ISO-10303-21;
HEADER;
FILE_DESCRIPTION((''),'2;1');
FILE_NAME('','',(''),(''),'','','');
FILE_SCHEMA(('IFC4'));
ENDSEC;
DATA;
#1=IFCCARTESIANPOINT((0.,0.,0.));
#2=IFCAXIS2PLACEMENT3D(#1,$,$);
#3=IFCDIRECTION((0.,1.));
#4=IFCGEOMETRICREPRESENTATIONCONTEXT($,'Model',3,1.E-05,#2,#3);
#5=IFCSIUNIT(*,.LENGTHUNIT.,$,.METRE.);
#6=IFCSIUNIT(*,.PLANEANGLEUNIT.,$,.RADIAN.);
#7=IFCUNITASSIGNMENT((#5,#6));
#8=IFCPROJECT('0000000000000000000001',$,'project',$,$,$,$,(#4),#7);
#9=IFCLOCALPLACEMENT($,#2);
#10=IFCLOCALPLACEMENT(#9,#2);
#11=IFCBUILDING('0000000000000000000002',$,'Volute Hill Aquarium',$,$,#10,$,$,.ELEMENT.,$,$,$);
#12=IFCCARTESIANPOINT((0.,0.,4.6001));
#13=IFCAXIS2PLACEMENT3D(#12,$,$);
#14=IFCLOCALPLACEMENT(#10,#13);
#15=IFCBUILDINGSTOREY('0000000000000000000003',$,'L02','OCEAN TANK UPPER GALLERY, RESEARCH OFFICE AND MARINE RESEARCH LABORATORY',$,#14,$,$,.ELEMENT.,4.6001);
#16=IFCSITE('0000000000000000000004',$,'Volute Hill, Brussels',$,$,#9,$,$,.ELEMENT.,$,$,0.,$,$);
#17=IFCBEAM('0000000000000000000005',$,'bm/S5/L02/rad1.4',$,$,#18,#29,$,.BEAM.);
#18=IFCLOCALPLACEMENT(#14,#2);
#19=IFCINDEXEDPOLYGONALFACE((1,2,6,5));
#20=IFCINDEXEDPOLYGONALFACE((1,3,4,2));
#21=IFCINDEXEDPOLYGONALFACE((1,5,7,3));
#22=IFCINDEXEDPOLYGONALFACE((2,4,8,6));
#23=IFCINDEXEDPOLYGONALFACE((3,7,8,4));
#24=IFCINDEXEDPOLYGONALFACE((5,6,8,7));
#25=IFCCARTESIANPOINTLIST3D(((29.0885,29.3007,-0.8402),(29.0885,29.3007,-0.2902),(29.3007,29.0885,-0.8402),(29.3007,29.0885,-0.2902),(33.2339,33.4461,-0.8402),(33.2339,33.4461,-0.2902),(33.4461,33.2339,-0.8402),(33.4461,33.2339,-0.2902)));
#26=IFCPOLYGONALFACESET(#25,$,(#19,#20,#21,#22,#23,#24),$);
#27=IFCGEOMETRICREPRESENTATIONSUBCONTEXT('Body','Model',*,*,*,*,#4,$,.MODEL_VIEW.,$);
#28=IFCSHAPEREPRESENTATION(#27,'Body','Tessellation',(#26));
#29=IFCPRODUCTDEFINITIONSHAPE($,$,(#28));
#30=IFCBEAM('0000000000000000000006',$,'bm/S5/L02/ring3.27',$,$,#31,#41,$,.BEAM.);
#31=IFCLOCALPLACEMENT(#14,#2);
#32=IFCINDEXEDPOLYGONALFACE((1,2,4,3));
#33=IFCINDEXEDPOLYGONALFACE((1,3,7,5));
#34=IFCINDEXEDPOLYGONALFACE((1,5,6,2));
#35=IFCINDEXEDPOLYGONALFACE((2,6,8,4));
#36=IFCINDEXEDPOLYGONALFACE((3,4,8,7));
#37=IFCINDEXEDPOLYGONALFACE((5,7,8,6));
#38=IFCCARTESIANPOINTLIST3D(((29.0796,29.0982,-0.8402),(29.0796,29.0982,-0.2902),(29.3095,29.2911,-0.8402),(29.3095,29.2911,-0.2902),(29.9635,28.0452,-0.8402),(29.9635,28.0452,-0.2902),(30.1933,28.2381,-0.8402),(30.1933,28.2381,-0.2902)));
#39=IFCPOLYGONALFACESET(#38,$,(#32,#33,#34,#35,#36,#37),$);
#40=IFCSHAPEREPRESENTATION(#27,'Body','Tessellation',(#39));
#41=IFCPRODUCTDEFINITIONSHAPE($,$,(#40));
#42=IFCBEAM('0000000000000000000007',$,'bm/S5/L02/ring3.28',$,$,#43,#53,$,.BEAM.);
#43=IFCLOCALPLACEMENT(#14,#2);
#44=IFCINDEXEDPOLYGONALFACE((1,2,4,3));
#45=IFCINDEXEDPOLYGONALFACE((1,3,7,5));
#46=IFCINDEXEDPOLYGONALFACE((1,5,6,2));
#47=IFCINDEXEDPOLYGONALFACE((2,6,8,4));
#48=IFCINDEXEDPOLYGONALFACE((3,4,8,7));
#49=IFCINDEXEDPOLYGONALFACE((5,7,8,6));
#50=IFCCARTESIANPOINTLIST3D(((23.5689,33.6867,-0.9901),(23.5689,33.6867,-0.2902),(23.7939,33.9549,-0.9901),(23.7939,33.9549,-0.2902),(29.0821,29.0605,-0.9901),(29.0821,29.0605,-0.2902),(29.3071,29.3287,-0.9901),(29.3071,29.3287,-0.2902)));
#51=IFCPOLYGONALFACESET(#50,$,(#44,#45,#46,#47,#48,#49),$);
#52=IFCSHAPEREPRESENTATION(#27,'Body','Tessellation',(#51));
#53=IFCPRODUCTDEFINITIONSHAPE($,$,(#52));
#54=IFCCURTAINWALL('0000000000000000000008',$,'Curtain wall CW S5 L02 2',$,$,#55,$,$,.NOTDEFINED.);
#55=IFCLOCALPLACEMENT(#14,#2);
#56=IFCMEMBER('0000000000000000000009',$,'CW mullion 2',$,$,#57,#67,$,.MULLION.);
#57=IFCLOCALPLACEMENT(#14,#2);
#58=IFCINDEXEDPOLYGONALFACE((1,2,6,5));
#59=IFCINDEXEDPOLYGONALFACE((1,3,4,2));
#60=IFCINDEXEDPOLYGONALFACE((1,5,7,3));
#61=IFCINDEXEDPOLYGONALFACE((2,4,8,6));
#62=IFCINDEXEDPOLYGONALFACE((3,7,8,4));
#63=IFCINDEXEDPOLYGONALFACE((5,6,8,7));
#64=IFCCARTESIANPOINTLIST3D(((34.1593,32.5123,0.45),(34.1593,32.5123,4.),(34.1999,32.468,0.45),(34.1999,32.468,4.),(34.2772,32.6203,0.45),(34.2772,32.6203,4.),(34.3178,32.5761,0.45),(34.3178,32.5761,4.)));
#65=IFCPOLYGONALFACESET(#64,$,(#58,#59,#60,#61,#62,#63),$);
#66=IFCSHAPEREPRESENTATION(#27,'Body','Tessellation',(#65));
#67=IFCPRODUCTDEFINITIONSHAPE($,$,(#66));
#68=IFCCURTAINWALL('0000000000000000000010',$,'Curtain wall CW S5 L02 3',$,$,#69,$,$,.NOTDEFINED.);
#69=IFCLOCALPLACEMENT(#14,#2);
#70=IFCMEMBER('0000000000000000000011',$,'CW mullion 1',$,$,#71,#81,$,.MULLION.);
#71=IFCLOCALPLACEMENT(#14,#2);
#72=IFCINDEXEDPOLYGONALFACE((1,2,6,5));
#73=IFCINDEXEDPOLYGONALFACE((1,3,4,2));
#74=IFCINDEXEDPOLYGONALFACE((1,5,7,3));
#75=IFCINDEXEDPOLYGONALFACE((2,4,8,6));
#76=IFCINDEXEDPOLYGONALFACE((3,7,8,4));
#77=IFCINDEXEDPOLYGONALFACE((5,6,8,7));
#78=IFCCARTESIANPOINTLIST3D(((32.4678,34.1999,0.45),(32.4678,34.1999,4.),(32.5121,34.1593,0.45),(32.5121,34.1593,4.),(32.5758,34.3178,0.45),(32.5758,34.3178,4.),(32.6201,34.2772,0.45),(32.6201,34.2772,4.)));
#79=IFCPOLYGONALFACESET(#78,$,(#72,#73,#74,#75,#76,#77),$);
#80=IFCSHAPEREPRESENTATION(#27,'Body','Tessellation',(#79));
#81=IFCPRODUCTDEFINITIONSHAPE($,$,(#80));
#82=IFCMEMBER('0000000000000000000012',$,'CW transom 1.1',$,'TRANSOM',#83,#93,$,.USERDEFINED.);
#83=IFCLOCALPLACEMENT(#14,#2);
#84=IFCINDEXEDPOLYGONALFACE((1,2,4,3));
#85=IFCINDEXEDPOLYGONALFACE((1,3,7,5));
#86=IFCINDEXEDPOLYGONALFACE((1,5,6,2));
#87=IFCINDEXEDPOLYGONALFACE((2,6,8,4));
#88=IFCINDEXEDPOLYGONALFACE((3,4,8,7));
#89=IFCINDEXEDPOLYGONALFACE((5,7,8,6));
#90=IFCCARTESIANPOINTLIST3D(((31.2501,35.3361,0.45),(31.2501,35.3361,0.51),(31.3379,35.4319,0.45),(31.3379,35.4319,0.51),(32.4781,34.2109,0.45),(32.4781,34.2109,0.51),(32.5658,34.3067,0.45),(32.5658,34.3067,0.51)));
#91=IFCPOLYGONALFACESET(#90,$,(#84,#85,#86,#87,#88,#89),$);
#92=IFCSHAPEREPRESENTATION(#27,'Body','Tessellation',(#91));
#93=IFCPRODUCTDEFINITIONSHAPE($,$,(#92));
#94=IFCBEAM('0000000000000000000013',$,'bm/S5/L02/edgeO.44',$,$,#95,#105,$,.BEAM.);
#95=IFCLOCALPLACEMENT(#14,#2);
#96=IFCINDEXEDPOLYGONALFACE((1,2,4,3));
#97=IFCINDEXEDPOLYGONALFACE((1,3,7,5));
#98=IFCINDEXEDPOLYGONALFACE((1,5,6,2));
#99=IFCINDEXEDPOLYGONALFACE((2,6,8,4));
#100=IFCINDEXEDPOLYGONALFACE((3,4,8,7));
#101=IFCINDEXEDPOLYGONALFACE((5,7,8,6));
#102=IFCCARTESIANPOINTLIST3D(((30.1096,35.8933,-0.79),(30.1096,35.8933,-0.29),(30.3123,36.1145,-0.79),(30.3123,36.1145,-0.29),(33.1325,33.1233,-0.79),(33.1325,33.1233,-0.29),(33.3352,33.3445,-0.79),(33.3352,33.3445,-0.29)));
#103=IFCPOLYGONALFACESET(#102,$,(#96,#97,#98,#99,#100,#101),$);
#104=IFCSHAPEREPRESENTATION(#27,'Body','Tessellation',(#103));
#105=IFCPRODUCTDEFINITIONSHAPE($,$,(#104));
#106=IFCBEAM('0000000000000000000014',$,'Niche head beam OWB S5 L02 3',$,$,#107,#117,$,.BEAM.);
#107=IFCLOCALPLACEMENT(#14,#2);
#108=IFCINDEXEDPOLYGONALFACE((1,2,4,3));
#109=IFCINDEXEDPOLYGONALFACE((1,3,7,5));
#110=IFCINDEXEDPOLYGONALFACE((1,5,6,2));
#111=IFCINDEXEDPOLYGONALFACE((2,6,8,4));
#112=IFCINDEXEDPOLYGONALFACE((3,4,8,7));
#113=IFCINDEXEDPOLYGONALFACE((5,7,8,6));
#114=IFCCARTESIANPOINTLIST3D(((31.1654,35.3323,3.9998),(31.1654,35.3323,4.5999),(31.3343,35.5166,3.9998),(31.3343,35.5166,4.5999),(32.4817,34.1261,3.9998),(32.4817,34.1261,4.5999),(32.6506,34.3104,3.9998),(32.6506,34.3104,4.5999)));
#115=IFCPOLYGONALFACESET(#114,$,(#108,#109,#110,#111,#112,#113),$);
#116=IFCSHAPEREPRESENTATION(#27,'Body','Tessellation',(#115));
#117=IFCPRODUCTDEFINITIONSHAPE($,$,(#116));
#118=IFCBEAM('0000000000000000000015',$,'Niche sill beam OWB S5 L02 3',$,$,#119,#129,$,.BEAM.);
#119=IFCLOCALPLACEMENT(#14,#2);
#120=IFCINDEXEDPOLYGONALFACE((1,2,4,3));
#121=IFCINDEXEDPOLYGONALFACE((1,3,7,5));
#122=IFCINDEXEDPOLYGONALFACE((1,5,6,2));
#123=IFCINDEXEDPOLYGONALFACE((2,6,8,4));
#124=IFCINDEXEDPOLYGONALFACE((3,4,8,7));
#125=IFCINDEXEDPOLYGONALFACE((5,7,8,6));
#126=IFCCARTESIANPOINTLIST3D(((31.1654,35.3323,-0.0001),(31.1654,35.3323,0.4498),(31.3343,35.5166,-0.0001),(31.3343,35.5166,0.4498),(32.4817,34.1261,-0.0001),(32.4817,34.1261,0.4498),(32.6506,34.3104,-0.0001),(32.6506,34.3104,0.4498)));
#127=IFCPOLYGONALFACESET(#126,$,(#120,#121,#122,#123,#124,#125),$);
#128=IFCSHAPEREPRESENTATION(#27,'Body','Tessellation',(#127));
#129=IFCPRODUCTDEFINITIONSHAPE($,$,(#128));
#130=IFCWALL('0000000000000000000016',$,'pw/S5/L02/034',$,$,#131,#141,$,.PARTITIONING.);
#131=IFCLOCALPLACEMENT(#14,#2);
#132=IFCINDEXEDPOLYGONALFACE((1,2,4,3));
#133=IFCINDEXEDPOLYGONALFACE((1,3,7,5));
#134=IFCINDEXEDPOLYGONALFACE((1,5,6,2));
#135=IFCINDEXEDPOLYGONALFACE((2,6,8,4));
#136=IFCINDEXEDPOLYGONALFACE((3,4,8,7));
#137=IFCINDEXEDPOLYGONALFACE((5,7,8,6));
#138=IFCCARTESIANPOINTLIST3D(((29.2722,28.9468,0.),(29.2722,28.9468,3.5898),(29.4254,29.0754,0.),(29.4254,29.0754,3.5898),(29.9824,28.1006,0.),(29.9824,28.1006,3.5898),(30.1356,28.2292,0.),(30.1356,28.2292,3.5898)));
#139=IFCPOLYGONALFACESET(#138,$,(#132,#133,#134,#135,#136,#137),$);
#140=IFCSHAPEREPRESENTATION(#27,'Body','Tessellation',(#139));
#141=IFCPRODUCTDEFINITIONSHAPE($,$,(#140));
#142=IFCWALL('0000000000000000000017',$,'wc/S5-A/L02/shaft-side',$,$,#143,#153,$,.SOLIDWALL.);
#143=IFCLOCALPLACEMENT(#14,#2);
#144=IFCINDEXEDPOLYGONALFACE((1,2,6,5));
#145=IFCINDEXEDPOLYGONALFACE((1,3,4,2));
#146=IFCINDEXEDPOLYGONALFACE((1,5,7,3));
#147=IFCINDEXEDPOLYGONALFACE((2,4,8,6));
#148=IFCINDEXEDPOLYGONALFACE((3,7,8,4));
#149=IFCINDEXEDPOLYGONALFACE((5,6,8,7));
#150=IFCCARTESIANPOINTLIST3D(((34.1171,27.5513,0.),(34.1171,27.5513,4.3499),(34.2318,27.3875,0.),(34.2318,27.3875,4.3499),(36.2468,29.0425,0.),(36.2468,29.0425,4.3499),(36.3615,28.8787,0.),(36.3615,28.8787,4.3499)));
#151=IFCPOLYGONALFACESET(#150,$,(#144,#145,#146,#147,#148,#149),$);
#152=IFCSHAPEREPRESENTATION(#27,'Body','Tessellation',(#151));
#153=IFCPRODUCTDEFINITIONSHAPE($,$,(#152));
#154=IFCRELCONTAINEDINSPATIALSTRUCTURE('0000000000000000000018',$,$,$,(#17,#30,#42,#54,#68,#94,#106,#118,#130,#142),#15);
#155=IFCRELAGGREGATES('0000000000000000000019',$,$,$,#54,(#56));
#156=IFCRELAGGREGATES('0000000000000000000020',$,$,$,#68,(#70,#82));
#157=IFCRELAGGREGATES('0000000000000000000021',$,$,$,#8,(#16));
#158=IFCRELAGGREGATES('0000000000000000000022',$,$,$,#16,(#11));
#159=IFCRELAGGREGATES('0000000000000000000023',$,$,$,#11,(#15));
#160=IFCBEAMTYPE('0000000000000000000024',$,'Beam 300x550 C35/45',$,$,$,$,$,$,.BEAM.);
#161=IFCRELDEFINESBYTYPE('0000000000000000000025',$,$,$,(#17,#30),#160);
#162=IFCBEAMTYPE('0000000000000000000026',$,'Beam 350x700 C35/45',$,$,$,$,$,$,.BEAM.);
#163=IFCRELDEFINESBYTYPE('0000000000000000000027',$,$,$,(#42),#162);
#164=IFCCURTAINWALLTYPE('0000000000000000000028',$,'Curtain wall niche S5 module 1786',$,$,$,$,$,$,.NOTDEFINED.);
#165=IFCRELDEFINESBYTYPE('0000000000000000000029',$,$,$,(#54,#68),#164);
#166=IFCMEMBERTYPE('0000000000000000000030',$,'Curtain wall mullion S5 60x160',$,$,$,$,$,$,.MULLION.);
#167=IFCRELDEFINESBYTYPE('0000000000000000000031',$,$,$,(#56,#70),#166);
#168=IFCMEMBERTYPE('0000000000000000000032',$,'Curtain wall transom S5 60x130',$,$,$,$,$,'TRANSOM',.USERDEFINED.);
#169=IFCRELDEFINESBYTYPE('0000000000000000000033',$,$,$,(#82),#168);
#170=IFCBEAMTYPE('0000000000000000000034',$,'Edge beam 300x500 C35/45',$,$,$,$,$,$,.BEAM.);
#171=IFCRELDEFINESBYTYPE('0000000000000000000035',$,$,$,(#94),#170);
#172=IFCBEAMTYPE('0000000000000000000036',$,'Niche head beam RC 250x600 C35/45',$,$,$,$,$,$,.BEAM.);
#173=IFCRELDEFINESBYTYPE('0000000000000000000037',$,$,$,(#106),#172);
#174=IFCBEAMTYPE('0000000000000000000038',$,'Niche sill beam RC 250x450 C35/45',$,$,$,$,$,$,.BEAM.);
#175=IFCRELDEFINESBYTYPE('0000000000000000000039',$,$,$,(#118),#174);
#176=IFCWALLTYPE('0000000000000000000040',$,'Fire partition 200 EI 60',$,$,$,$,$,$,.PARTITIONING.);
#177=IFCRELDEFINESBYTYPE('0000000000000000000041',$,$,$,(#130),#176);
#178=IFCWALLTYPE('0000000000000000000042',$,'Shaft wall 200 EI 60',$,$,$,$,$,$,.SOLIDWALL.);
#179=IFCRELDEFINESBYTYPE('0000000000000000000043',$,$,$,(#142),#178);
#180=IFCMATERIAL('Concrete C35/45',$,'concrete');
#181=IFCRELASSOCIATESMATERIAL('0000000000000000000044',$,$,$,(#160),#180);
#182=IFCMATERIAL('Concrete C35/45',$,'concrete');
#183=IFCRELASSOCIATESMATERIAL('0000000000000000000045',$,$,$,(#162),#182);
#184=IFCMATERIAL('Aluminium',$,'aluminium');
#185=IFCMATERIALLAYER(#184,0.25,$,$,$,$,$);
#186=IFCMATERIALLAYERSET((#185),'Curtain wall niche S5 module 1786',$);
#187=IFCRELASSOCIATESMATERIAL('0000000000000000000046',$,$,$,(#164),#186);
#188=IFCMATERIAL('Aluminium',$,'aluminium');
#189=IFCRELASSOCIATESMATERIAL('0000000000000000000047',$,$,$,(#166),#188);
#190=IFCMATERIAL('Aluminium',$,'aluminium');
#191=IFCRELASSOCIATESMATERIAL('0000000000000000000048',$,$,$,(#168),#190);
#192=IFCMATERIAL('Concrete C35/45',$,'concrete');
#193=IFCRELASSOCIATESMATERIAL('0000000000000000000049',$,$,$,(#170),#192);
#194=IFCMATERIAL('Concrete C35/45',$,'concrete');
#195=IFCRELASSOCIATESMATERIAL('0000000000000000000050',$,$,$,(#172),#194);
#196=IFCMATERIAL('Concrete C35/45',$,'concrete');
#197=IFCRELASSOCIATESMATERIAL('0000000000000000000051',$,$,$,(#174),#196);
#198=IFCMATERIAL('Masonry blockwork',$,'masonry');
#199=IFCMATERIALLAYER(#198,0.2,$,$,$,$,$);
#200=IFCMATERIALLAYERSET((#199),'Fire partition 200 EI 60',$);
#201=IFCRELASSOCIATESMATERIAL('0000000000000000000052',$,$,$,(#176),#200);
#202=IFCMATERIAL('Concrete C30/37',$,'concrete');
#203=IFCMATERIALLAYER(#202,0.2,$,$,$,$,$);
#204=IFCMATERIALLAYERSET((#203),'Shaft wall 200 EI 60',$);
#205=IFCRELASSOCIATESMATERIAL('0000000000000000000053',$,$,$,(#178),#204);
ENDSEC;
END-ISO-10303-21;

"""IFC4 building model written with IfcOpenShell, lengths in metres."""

from ifc_helpers import new_model, si_unit, direction, frame, frame_2d, origin, origin_2d, place, context, subcontext, project, spatial, rectangle, extrude, material, layer, layer_set, material_profile, profile_set, type_object, element, aggregate, save


model = new_model("IFC4")

# Units and contexts
model_context = context("Model", 3, precision=1e-05, world=origin(), true_north=direction((0.0, 1.0)))
body_context = subcontext(model_context, "Body", "Model", "MODEL_VIEW")
ifc_project = project(units=[si_unit("LENGTHUNIT", "METRE"), si_unit("PLANEANGLEUNIT", "RADIAN")], contexts=[model_context])

# Site, building, storey
site_placement = place(None, origin())
site = spatial("IfcSite", under=ifc_project, at=site_placement, Name="Volute Hill, Brussels", CompositionType="ELEMENT", RefElevation=0.0)
building_placement = place(site_placement, origin())
building = spatial("IfcBuilding", under=site, at=building_placement, Name="Volute Hill Aquarium", CompositionType="ELEMENT")
storey_placement = place(building_placement, frame((0.0, 0.0, 4.6001)))
storey = spatial("IfcBuildingStorey", under=building, at=storey_placement, Name="L02", Description="OCEAN TANK UPPER GALLERY, RESEARCH OFFICE AND MARINE RESEARCH LABORATORY", CompositionType="ELEMENT", Elevation=4.6001)

# Beams
ifc_material_1 = material(Name="Concrete C35/45", Category="concrete")
ifc_material_profile_1 = material_profile(ifc_material_1, rectangle(XDim=0.3, YDim=0.55, at=origin_2d()), Name="RC beam 300x550")
ifc_profile_set_1 = profile_set([ifc_material_profile_1], Name="Concrete C35/45")
beam_type_1 = type_object("IfcBeamType", Name="Beam 300x550 C35/45", PredefinedType="BEAM", material=ifc_profile_set_1)
beam_1_placement = place(storey_placement, frame((29.1946, 29.1946, -0.5652), z_axis=(0.707107, 0.707107, 0.0), x_axis=(-0.707107, 0.707107, 0.0)))
element("IfcBeam", 1, at=beam_1_placement, inside=storey, type_object=beam_type_1, Name="bm/S5/L02/rad1.4", PredefinedType="BEAM", context=body_context, shape_type="SweptSolid", body=[
    extrude(rectangle(XDim=0.3, YDim=0.55, at=origin_2d()), origin(), (0.0, 0.0, 1.0), 5.8625),
])
beam_2_placement = place(storey_placement, frame((30.0784, 28.1416, -0.5652), z_axis=(-0.642888, 0.76596, 0.0), x_axis=(-0.76596, -0.642888, 0.0)))
element("IfcBeam", 2, at=beam_2_placement, inside=storey, type_object=beam_type_1, Name="bm/S5/L02/ring3.27", PredefinedType="BEAM", context=body_context, shape_type="SweptSolid", body=[
    extrude(rectangle(XDim=0.3, YDim=0.55, at=origin_2d()), origin(), (0.0, 0.0, 1.0), 1.3748),
])
ifc_material_2 = material(Name="Concrete C35/45", Category="concrete")
ifc_material_profile_2 = material_profile(ifc_material_2, rectangle(XDim=0.3501, YDim=0.7, at=origin_2d()), Name="RC beam 350x700")
ifc_profile_set_2 = profile_set([ifc_material_profile_2], Name="Concrete C35/45")
beam_type_2 = type_object("IfcBeamType", Name="Beam 350x700 C35/45", PredefinedType="BEAM", material=ifc_profile_set_2)
beam_3_placement = place(storey_placement, frame((29.1946, 29.1946, -0.6401), z_axis=(-0.766037, 0.642797, 0.0), x_axis=(-0.642797, -0.766037, 0.0)))
element("IfcBeam", 3, at=beam_3_placement, inside=storey, type_object=beam_type_2, Name="bm/S5/L02/ring3.28", PredefinedType="BEAM", context=body_context, shape_type="SweptSolid", body=[
    extrude(rectangle(XDim=0.3501, YDim=0.7, at=origin_2d()), origin(), (0.0, 0.0, 1.0), 7.197),
])

# Curtain wall, member
ifc_material_3 = material(Name="Aluminium", Category="aluminium")
ifc_layer_1 = layer(ifc_material_3, 0.25)
ifc_layer_set_1 = layer_set([ifc_layer_1], Name="Curtain wall niche S5 module 1786")
curtain_wall_type = type_object("IfcCurtainWallType", Name="Curtain wall niche S5 module 1786", PredefinedType="NOTDEFINED", material=ifc_layer_set_1)
curtain_wall_1_placement = place(storey_placement, origin())
curtain_wall_1 = element("IfcCurtainWall", 4, at=curtain_wall_1_placement, inside=storey, type_object=curtain_wall_type, Name="Curtain wall CW S5 L02 2", PredefinedType="NOTDEFINED")
ifc_material_4 = material(Name="Aluminium", Category="aluminium")
ifc_material_profile_3 = material_profile(ifc_material_4, rectangle(XDim=0.1599, YDim=0.0601, at=origin_2d()), Name="Curtain wall mullion S5 60x160")
ifc_profile_set_3 = profile_set([ifc_material_profile_3], Name="Aluminium")
member_type_1 = type_object("IfcMemberType", Name="Curtain wall mullion S5 60x160", PredefinedType="MULLION", material=ifc_profile_set_3)
member_1_placement = place(storey_placement, frame((34.2385, 32.5442, 0.45), z_axis=(0.0, 0.0, 1.0), x_axis=(-0.737282, -0.675585, 0.0)))
member_1 = element("IfcMember", 5, at=member_1_placement, type_object=member_type_1, Name="CW mullion 2", PredefinedType="MULLION", context=body_context, shape_type="SweptSolid", body=[
    extrude(rectangle(XDim=0.1599, YDim=0.0601, at=origin_2d()), origin(), (0.0, 0.0, 1.0), 3.55),
])
aggregate(curtain_wall_1, [member_1])

# Curtain wall, members
curtain_wall_2_placement = place(storey_placement, origin())
curtain_wall_2 = element("IfcCurtainWall", 6, at=curtain_wall_2_placement, inside=storey, type_object=curtain_wall_type, Name="Curtain wall CW S5 L02 3", PredefinedType="NOTDEFINED")
member_2_placement = place(storey_placement, frame((32.5439, 34.2385, 0.45), z_axis=(0.0, 0.0, 1.0), x_axis=(-0.675585, -0.737282, 0.0)))
member_2 = element("IfcMember", 7, at=member_2_placement, type_object=member_type_1, Name="CW mullion 1", PredefinedType="MULLION", context=body_context, shape_type="SweptSolid", body=[
    extrude(rectangle(XDim=0.1599, YDim=0.0601, at=origin_2d()), origin(), (0.0, 0.0, 1.0), 3.55),
])
ifc_material_5 = material(Name="Aluminium", Category="aluminium")
ifc_material_profile_4 = material_profile(ifc_material_5, rectangle(XDim=0.1299, YDim=0.0601, at=origin_2d()), Name="Curtain wall transom S5 60x130")
ifc_profile_set_4 = profile_set([ifc_material_profile_4], Name="Aluminium")
member_type_2 = type_object("IfcMemberType", Name="Curtain wall transom S5 60x130", ElementType="TRANSOM", PredefinedType="USERDEFINED", material=ifc_profile_set_4)
member_3_placement = place(storey_placement, frame((32.522, 34.2588, 0.48), z_axis=(-0.737288, 0.675579, 0.0), x_axis=(-0.675579, -0.737288, 0.0)))
member_3 = element("IfcMember", 8, at=member_3_placement, type_object=member_type_2, Name="CW transom 1.1", ObjectType="TRANSOM", PredefinedType="USERDEFINED", context=body_context, shape_type="SweptSolid", body=[
    extrude(rectangle(XDim=0.1299, YDim=0.0601, at=origin_2d()), origin(), (0.0, 0.0, 1.0), 1.6655),
])
aggregate(curtain_wall_2, [member_2, member_3])

# Beams
ifc_material_6 = material(Name="Concrete C35/45", Category="concrete")
ifc_material_profile_5 = material_profile(ifc_material_6, rectangle(XDim=0.3, YDim=0.5, at=origin_2d()), Name="RC edge beam 300x500")
ifc_profile_set_5 = profile_set([ifc_material_profile_5], Name="Concrete C35/45")
beam_type_3 = type_object("IfcBeamType", Name="Edge beam 300x500 C35/45", PredefinedType="BEAM", material=ifc_profile_set_5)
beam_4_placement = place(storey_placement, frame((33.2339, 33.2339, -0.54), z_axis=(-0.737278, 0.67559, 0.0), x_axis=(-0.67559, -0.737278, 0.0)))
element("IfcBeam", 9, at=beam_4_placement, inside=storey, type_object=beam_type_3, Name="bm/S5/L02/edgeO.44", PredefinedType="BEAM", context=body_context, shape_type="SweptSolid", body=[
    extrude(rectangle(XDim=0.3, YDim=0.5, at=origin_2d()), origin(), (0.0, 0.0, 1.0), 4.1001),
])
ifc_material_7 = material(Name="Concrete C35/45", Category="concrete")
ifc_material_profile_6 = material_profile(ifc_material_7, rectangle(XDim=0.25, YDim=0.6001, at=origin_2d()), Name="RC beam 250x600")
ifc_profile_set_6 = profile_set([ifc_material_profile_6], Name="Concrete C35/45")
beam_type_4 = type_object("IfcBeamType", Name="Niche head beam RC 250x600 C35/45", PredefinedType="BEAM", material=ifc_profile_set_6)
beam_5_placement = place(storey_placement, frame((32.5662, 34.2183, 4.2998), z_axis=(-0.737268, 0.675601, 0.0), x_axis=(-0.675601, -0.737268, 0.0)))
element("IfcBeam", 10, at=beam_5_placement, inside=storey, type_object=beam_type_4, Name="Niche head beam OWB S5 L02 3", PredefinedType="BEAM", context=body_context, shape_type="SweptSolid", body=[
    extrude(rectangle(XDim=0.25, YDim=0.6001, at=origin_2d()), origin(), (0.0, 0.0, 1.0), 1.7854),
])
ifc_material_8 = material(Name="Concrete C35/45", Category="concrete")
ifc_material_profile_7 = material_profile(ifc_material_8, rectangle(XDim=0.25, YDim=0.45, at=origin_2d()), Name="RC beam 250x450")
ifc_profile_set_7 = profile_set([ifc_material_profile_7], Name="Concrete C35/45")
beam_type_5 = type_object("IfcBeamType", Name="Niche sill beam RC 250x450 C35/45", PredefinedType="BEAM", material=ifc_profile_set_7)
beam_6_placement = place(storey_placement, frame((32.5662, 34.2183, 0.2249), z_axis=(-0.737268, 0.675601, 0.0), x_axis=(-0.675601, -0.737268, 0.0)))
element("IfcBeam", 11, at=beam_6_placement, inside=storey, type_object=beam_type_5, Name="Niche sill beam OWB S5 L02 3", PredefinedType="BEAM", context=body_context, shape_type="SweptSolid", body=[
    extrude(rectangle(XDim=0.25, YDim=0.45, at=origin_2d()), origin(), (0.0, 0.0, 1.0), 1.7854),
])

# Walls
ifc_material_9 = material(Name="Masonry blockwork", Category="masonry")
ifc_layer_2 = layer(ifc_material_9, 0.2)
ifc_layer_set_2 = layer_set([ifc_layer_2], Name="Fire partition 200 EI 60")
wall_type_1 = type_object("IfcWallType", Name="Fire partition 200 EI 60", PredefinedType="PARTITIONING", material=ifc_layer_set_2)
wall_1_placement = place(storey_placement, frame((29.3489, 29.011, 0.0), z_axis=(0.0, 0.0, 1.0), x_axis=(0.642876, -0.76597, 0.0)))
element("IfcWall", 12, at=wall_1_placement, inside=storey, type_object=wall_type_1, Name="pw/S5/L02/034", PredefinedType="PARTITIONING", context=body_context, shape_type="SweptSolid", body=[
    extrude(rectangle(XDim=1.1047, YDim=0.2, at=frame_2d((0.5522, 0.0))), origin(), (0.0, 0.0, 1.0), 3.5898),
])
ifc_material_10 = material(Name="Concrete C30/37", Category="concrete")
ifc_layer_3 = layer(ifc_material_10, 0.2)
ifc_layer_set_3 = layer_set([ifc_layer_3], Name="Shaft wall 200 EI 60")
wall_type_2 = type_object("IfcWallType", Name="Shaft wall 200 EI 60", PredefinedType="SOLIDWALL", material=ifc_layer_set_3)
wall_2_placement = place(storey_placement, frame((34.1746, 27.4695, 0.0), z_axis=(0.0, 0.0, 1.0), x_axis=(0.819148, 0.573582, 0.0)))
element("IfcWall", 13, at=wall_2_placement, inside=storey, type_object=wall_type_2, Name="wc/S5-A/L02/shaft-side", PredefinedType="SOLIDWALL", context=body_context, shape_type="SweptSolid", body=[
    extrude(rectangle(XDim=2.5999, YDim=0.2, at=frame_2d((1.2998, 0.0))), origin(), (0.0, 0.0, 1.0), 4.3499),
])

save(model, "model.ifc")
